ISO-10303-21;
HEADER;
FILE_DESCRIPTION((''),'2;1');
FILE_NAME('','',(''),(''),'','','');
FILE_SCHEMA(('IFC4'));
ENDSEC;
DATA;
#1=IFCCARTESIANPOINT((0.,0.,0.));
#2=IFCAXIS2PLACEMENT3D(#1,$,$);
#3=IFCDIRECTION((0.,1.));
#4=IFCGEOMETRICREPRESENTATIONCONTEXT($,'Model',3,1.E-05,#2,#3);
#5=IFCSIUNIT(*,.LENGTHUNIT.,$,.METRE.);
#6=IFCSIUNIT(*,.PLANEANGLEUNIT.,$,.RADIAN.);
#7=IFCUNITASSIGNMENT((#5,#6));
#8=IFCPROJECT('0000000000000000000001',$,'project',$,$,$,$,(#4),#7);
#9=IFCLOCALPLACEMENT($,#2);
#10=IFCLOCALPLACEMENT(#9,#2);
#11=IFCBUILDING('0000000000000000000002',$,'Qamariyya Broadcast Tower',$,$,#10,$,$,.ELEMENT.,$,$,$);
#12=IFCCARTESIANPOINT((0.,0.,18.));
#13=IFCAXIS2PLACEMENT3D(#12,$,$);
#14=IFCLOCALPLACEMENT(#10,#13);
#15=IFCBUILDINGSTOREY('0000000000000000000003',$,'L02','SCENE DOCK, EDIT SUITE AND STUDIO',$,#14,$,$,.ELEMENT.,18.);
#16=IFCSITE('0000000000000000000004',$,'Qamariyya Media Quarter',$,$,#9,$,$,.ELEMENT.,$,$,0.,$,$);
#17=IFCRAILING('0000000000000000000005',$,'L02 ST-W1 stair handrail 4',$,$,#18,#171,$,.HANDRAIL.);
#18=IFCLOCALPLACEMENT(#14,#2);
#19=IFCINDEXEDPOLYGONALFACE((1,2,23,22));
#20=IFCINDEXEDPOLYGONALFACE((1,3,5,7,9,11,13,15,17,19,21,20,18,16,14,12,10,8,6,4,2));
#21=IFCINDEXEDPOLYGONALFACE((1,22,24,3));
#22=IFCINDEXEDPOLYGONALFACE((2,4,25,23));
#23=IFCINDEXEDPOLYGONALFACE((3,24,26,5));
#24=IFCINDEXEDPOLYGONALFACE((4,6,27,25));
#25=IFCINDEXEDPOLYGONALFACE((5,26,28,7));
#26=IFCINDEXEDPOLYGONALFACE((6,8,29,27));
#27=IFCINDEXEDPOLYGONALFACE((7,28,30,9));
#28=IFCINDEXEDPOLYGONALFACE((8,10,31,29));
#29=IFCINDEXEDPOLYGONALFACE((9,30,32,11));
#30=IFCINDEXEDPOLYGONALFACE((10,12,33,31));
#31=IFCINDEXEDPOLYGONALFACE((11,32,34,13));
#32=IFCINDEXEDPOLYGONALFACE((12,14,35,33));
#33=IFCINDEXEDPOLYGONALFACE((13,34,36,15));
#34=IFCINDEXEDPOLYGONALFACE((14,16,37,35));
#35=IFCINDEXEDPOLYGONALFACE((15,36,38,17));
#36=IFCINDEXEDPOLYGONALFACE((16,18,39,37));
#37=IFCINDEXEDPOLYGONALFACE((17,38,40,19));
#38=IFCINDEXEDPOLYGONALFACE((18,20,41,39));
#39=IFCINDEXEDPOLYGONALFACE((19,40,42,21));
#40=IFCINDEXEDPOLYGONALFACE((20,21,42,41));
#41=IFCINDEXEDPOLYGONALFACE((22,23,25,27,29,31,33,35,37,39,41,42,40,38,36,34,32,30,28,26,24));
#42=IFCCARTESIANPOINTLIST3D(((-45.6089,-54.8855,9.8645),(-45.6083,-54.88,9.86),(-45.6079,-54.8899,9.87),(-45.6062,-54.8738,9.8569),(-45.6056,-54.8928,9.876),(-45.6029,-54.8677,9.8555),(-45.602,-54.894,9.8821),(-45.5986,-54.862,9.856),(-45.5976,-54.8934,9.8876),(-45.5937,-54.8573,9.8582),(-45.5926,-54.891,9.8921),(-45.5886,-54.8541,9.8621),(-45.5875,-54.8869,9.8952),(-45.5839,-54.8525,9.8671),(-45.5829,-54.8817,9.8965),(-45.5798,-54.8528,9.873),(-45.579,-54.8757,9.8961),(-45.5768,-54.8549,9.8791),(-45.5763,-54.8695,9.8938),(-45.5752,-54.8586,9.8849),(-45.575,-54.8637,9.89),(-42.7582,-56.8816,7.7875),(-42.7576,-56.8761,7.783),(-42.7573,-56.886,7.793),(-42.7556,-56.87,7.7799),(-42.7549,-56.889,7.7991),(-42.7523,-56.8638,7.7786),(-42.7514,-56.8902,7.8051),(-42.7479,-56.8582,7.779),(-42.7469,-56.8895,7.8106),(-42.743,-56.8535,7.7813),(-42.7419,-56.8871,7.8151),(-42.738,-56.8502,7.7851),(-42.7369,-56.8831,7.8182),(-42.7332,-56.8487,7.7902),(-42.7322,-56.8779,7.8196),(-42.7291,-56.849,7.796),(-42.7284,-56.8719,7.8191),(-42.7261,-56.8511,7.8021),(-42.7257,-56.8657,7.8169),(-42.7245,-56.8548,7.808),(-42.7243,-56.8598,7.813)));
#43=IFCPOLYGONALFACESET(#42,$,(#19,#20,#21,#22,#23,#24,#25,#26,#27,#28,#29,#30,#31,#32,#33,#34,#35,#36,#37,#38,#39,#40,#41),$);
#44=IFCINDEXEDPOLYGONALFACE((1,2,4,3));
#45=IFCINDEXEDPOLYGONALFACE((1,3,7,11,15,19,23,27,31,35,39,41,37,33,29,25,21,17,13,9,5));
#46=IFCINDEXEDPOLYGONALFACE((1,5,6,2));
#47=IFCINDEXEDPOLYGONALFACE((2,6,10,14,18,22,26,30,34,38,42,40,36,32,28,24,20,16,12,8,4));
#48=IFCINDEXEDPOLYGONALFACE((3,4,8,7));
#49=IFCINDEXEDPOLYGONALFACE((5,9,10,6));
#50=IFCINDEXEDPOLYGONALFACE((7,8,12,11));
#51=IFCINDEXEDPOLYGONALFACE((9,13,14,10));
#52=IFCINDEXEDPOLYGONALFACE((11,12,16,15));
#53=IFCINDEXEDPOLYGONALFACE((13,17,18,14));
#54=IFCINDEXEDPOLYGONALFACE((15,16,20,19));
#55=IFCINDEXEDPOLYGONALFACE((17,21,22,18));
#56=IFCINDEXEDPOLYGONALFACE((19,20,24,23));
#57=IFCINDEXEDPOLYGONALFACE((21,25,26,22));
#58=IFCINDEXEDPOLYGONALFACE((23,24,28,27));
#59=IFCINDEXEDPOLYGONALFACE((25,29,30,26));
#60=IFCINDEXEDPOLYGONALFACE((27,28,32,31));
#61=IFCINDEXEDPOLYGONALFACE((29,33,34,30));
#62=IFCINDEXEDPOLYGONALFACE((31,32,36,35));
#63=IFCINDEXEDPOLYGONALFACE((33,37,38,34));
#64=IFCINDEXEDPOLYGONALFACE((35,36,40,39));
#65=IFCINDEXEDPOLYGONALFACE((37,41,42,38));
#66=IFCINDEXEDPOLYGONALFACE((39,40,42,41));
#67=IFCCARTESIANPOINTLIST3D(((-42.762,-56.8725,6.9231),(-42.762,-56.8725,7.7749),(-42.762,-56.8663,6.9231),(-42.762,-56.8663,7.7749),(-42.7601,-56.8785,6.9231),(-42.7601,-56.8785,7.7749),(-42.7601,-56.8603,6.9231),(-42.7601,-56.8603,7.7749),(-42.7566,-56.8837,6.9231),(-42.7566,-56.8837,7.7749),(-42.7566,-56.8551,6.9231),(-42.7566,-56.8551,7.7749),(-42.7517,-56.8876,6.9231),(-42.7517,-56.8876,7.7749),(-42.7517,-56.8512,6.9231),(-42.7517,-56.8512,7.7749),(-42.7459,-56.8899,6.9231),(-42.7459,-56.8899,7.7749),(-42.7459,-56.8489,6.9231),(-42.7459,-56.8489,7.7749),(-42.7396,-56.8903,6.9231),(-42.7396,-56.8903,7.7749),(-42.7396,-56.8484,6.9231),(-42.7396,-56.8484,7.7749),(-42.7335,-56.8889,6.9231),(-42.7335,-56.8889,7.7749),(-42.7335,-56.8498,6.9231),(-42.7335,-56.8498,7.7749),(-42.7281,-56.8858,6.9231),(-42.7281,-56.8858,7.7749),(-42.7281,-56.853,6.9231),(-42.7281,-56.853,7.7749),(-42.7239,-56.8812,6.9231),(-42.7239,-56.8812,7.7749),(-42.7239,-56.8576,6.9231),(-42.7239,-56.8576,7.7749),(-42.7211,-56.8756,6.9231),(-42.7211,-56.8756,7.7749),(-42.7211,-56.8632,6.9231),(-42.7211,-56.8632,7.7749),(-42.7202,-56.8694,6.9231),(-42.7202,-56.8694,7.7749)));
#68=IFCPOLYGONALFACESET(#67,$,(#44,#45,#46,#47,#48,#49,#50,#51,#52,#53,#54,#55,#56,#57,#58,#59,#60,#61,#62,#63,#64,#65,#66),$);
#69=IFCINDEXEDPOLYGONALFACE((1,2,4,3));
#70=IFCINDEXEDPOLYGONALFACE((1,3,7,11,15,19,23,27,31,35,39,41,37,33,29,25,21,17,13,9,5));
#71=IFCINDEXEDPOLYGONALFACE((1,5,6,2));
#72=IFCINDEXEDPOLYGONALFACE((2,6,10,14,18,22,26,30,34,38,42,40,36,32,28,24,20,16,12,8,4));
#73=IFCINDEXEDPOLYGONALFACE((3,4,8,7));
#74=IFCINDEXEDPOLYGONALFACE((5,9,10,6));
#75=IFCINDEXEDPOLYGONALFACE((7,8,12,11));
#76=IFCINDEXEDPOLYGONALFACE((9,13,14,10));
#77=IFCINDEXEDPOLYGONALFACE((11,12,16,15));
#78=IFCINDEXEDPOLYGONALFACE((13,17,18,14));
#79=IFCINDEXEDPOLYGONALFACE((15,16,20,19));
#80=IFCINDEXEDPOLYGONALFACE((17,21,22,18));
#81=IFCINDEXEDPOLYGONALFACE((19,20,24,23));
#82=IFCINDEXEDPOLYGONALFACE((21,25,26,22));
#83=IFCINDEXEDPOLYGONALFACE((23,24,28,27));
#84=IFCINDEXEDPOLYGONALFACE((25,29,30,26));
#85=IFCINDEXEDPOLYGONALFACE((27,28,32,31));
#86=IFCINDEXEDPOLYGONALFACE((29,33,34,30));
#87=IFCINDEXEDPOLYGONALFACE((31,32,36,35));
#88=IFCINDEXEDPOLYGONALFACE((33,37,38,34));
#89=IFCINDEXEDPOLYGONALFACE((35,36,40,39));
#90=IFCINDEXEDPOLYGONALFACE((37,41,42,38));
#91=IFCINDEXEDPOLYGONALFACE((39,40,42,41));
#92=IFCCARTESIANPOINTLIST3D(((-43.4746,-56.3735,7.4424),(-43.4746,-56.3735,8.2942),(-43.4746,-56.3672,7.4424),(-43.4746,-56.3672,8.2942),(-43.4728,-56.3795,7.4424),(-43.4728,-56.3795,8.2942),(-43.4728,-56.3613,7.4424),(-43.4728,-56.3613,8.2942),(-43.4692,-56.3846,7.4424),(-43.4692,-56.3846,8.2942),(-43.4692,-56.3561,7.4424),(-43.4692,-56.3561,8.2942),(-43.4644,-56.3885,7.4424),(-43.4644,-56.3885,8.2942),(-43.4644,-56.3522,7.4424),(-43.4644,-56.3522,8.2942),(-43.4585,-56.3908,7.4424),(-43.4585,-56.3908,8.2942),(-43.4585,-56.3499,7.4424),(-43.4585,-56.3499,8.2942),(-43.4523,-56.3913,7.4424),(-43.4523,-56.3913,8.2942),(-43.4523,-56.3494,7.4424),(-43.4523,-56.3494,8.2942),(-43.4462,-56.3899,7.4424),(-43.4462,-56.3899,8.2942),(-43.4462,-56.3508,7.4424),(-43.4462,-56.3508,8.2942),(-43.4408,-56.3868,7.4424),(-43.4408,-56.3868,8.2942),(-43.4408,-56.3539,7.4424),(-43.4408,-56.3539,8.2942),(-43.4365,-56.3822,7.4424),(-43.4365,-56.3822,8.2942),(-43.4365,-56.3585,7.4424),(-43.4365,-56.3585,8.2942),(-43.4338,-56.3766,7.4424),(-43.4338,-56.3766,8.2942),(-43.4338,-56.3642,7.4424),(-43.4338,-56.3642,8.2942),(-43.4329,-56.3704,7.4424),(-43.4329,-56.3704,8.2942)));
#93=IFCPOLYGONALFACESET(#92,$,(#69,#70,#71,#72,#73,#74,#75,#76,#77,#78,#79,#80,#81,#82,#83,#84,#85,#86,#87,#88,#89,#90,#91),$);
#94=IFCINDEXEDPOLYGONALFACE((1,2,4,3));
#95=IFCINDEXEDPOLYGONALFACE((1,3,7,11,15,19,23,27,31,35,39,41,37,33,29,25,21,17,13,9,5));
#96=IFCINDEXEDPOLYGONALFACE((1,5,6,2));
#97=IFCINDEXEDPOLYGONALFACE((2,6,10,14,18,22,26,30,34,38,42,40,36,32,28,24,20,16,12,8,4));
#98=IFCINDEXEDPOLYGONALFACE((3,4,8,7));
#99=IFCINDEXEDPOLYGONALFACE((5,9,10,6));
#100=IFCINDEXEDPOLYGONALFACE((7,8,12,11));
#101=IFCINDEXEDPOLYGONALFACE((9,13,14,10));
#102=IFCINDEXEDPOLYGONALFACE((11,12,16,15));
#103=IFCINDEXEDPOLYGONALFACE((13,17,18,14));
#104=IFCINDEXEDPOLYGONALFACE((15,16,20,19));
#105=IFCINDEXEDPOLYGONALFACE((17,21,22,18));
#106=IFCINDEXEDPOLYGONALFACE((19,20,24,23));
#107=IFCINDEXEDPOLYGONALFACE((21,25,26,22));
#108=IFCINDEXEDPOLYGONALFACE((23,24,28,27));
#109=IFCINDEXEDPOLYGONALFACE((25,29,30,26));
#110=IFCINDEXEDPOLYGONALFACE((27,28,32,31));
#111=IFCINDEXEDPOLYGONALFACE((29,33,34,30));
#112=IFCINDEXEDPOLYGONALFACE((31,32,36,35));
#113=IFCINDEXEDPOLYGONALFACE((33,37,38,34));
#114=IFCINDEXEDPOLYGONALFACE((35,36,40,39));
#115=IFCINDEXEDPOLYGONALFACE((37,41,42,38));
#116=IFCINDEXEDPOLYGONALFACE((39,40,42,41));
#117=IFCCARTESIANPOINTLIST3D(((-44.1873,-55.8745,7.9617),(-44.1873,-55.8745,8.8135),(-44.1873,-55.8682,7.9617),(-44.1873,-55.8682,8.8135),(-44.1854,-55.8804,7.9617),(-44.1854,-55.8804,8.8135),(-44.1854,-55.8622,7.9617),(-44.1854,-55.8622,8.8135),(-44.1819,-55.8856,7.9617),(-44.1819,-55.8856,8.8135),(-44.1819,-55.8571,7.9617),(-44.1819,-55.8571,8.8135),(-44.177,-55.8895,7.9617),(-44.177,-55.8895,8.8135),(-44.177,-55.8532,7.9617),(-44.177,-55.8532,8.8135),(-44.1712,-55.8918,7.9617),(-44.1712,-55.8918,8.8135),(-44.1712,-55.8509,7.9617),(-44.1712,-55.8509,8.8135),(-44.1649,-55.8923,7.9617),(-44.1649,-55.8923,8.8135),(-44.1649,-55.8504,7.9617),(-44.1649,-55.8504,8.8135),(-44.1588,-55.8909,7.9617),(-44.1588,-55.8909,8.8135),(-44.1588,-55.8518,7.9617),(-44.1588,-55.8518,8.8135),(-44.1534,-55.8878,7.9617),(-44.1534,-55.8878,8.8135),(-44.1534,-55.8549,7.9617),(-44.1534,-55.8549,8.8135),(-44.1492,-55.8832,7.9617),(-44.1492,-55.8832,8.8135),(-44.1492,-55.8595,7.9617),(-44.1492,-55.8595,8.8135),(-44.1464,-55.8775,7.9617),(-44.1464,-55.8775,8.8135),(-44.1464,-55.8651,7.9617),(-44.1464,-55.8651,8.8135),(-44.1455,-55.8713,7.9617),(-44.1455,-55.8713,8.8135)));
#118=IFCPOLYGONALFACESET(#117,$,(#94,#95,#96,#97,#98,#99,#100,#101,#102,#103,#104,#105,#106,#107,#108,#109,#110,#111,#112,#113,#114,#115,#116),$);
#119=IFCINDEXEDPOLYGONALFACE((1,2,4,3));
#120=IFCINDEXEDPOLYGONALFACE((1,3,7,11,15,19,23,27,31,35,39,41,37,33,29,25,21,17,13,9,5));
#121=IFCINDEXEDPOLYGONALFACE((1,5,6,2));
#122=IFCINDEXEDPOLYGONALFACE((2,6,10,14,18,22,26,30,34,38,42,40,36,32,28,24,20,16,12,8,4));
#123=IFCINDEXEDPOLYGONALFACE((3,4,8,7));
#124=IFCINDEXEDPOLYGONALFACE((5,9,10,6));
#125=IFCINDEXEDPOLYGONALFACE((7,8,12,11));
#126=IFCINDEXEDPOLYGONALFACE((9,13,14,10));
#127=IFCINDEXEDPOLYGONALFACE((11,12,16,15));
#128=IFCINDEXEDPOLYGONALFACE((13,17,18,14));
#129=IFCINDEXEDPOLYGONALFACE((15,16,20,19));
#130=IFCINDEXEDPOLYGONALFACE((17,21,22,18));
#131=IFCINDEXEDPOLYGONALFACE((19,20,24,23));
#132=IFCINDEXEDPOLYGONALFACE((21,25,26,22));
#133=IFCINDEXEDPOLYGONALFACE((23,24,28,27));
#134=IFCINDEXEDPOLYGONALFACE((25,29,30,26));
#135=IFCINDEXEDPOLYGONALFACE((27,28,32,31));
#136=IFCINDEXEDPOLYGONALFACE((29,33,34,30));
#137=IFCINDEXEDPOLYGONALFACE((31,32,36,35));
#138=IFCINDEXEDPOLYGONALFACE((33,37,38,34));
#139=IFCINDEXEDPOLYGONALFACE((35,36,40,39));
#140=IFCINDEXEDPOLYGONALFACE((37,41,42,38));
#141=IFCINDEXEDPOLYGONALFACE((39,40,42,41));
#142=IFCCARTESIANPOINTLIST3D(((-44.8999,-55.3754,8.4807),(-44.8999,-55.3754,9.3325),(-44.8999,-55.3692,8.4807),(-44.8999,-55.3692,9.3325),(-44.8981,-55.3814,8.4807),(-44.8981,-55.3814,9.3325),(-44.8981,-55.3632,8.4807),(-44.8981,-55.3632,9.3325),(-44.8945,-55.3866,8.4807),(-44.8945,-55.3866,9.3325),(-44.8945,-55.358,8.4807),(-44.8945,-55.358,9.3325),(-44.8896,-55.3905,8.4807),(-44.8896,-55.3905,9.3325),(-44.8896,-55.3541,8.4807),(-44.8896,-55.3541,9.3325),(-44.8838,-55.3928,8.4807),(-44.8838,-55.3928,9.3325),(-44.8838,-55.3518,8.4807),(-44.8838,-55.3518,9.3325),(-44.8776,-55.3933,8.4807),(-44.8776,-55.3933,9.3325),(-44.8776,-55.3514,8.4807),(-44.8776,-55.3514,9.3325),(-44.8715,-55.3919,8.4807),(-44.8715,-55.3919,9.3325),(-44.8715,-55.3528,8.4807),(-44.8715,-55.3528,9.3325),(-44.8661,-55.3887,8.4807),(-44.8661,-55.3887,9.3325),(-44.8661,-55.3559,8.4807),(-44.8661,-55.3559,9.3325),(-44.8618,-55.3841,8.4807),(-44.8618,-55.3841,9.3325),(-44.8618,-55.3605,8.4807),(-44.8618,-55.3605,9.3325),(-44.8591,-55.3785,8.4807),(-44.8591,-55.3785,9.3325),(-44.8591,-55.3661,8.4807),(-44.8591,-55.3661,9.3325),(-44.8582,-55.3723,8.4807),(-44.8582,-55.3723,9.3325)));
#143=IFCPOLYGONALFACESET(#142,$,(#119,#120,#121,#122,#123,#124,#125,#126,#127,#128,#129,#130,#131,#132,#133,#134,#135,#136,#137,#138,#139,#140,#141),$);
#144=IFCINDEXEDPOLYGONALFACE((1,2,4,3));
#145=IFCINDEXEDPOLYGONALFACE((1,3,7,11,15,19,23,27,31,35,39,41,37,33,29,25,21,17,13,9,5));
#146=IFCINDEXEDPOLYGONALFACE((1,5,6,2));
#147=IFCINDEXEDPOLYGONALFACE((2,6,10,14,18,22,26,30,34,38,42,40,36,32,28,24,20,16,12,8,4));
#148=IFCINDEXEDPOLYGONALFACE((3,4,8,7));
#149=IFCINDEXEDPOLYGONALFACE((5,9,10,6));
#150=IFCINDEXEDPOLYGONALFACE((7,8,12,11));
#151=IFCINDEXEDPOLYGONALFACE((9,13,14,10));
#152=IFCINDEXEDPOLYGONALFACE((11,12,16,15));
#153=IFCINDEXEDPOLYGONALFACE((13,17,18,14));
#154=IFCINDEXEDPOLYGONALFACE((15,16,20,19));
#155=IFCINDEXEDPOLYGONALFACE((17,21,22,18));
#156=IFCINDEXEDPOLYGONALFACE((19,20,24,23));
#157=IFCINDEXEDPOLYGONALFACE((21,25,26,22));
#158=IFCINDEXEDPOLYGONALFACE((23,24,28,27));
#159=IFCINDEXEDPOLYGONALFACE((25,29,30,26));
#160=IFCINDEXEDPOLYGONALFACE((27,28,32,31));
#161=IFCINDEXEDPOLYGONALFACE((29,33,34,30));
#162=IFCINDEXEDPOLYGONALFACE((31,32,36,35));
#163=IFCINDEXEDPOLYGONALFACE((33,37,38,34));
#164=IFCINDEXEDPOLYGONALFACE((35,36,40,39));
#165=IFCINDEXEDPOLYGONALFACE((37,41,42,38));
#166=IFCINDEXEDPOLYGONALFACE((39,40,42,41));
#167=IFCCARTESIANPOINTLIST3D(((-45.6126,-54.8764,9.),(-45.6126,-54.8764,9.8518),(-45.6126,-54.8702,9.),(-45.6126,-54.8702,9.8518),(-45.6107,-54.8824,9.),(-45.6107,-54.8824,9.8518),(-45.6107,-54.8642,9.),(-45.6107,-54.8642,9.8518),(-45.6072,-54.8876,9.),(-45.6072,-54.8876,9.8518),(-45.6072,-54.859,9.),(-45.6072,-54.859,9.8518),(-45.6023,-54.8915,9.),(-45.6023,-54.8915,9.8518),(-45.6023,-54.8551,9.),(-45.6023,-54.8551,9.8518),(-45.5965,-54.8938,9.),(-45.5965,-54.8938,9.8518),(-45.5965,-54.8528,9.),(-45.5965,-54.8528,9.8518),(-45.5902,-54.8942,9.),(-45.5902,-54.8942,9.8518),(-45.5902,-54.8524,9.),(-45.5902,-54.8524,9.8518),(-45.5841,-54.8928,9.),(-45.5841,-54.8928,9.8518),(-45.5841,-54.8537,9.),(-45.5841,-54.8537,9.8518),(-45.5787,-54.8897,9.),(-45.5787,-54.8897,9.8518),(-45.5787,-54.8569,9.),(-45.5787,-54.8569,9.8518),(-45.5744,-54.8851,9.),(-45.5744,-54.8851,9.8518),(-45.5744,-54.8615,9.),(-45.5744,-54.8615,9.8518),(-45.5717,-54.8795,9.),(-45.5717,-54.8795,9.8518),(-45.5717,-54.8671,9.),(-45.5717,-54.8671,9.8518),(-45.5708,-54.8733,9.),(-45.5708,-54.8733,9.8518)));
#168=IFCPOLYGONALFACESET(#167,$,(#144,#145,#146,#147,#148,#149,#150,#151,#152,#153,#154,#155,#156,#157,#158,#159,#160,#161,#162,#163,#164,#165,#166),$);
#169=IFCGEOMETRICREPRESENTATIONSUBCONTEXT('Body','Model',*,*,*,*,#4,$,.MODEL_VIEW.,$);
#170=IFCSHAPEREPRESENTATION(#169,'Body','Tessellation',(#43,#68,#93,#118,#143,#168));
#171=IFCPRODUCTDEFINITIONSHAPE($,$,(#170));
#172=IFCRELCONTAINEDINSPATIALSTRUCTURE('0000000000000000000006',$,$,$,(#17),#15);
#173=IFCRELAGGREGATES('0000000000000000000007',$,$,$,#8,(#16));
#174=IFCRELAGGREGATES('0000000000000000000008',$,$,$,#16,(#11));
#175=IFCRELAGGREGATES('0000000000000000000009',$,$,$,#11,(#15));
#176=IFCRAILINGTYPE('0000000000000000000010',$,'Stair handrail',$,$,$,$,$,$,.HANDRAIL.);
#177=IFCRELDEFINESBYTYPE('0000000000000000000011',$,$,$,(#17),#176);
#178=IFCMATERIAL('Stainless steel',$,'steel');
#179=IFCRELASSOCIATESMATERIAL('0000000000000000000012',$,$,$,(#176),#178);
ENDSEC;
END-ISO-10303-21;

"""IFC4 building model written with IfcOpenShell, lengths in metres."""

from ifc_helpers import new_model, si_unit, direction, frame, origin, origin_2d, place, context, subcontext, project, spatial, circle, extrude, material, type_object, element, save


model = new_model("IFC4")

# Units and contexts
model_context = context("Model", 3, precision=1e-05, world=origin(), true_north=direction((0.0, 1.0)))
body_context = subcontext(model_context, "Body", "Model", "MODEL_VIEW")
ifc_project = project(units=[si_unit("LENGTHUNIT", "METRE"), si_unit("PLANEANGLEUNIT", "RADIAN")], contexts=[model_context])

# Site, building, storey
site_placement = place(None, origin())
site = spatial("IfcSite", under=ifc_project, at=site_placement, Name="Qamariyya Media Quarter", CompositionType="ELEMENT", RefElevation=0.0)
building_placement = place(site_placement, origin())
building = spatial("IfcBuilding", under=site, at=building_placement, Name="Qamariyya Broadcast Tower", CompositionType="ELEMENT")
storey_placement = place(building_placement, frame((0.0, 0.0, 18.0)))
storey = spatial("IfcBuildingStorey", under=building, at=storey_placement, Name="L02", Description="SCENE DOCK, EDIT SUITE AND STUDIO", CompositionType="ELEMENT", Elevation=18.0)

# Railing
ifc_material_1 = material(Name="Stainless steel", Category="steel")
railing_type_1 = type_object("IfcRailingType", Name="Stair handrail", PredefinedType="HANDRAIL", material=ifc_material_1)
for number, where, name in (
    (1, (-42.7412, -56.8694, 6.9231), "L02 ST-W1 stair handrail 4"),
):
    element("IfcRailing", number, at=place(storey_placement, frame(where)), inside=storey, type_object=railing_type_1, Name=name, PredefinedType="HANDRAIL", context=body_context, shape_type="SweptSolid", body=[
        extrude(circle(Radius=0.0239, at=origin_2d()), frame((0.0, 0.0, 0.876), z_axis=(-0.703393, 0.492544, 0.512484), x_axis=(-0.573594, -0.81914, 0.0)), (0.0, 0.0, 1.0), 4.0527),
        extrude(circle(Radius=0.021, at=origin_2d()), origin(), (0.0, 0.0, 1.0), 0.8518),
        extrude(circle(Radius=0.021, at=origin_2d()), frame((-0.7126, 0.499, 0.5193)), (0.0, 0.0, 1.0), 0.8518),
        extrude(circle(Radius=0.021, at=origin_2d()), frame((-1.4253, 0.998, 1.0386)), (0.0, 0.0, 1.0), 0.8518),
        extrude(circle(Radius=0.021, at=origin_2d()), frame((-2.1379, 1.4971, 1.5576)), (0.0, 0.0, 1.0), 0.8518),
        extrude(circle(Radius=0.021, at=origin_2d()), frame((-2.8506, 1.9961, 2.0769)), (0.0, 0.0, 1.0), 0.8518),
    ])

save(model, "model.ifc")
